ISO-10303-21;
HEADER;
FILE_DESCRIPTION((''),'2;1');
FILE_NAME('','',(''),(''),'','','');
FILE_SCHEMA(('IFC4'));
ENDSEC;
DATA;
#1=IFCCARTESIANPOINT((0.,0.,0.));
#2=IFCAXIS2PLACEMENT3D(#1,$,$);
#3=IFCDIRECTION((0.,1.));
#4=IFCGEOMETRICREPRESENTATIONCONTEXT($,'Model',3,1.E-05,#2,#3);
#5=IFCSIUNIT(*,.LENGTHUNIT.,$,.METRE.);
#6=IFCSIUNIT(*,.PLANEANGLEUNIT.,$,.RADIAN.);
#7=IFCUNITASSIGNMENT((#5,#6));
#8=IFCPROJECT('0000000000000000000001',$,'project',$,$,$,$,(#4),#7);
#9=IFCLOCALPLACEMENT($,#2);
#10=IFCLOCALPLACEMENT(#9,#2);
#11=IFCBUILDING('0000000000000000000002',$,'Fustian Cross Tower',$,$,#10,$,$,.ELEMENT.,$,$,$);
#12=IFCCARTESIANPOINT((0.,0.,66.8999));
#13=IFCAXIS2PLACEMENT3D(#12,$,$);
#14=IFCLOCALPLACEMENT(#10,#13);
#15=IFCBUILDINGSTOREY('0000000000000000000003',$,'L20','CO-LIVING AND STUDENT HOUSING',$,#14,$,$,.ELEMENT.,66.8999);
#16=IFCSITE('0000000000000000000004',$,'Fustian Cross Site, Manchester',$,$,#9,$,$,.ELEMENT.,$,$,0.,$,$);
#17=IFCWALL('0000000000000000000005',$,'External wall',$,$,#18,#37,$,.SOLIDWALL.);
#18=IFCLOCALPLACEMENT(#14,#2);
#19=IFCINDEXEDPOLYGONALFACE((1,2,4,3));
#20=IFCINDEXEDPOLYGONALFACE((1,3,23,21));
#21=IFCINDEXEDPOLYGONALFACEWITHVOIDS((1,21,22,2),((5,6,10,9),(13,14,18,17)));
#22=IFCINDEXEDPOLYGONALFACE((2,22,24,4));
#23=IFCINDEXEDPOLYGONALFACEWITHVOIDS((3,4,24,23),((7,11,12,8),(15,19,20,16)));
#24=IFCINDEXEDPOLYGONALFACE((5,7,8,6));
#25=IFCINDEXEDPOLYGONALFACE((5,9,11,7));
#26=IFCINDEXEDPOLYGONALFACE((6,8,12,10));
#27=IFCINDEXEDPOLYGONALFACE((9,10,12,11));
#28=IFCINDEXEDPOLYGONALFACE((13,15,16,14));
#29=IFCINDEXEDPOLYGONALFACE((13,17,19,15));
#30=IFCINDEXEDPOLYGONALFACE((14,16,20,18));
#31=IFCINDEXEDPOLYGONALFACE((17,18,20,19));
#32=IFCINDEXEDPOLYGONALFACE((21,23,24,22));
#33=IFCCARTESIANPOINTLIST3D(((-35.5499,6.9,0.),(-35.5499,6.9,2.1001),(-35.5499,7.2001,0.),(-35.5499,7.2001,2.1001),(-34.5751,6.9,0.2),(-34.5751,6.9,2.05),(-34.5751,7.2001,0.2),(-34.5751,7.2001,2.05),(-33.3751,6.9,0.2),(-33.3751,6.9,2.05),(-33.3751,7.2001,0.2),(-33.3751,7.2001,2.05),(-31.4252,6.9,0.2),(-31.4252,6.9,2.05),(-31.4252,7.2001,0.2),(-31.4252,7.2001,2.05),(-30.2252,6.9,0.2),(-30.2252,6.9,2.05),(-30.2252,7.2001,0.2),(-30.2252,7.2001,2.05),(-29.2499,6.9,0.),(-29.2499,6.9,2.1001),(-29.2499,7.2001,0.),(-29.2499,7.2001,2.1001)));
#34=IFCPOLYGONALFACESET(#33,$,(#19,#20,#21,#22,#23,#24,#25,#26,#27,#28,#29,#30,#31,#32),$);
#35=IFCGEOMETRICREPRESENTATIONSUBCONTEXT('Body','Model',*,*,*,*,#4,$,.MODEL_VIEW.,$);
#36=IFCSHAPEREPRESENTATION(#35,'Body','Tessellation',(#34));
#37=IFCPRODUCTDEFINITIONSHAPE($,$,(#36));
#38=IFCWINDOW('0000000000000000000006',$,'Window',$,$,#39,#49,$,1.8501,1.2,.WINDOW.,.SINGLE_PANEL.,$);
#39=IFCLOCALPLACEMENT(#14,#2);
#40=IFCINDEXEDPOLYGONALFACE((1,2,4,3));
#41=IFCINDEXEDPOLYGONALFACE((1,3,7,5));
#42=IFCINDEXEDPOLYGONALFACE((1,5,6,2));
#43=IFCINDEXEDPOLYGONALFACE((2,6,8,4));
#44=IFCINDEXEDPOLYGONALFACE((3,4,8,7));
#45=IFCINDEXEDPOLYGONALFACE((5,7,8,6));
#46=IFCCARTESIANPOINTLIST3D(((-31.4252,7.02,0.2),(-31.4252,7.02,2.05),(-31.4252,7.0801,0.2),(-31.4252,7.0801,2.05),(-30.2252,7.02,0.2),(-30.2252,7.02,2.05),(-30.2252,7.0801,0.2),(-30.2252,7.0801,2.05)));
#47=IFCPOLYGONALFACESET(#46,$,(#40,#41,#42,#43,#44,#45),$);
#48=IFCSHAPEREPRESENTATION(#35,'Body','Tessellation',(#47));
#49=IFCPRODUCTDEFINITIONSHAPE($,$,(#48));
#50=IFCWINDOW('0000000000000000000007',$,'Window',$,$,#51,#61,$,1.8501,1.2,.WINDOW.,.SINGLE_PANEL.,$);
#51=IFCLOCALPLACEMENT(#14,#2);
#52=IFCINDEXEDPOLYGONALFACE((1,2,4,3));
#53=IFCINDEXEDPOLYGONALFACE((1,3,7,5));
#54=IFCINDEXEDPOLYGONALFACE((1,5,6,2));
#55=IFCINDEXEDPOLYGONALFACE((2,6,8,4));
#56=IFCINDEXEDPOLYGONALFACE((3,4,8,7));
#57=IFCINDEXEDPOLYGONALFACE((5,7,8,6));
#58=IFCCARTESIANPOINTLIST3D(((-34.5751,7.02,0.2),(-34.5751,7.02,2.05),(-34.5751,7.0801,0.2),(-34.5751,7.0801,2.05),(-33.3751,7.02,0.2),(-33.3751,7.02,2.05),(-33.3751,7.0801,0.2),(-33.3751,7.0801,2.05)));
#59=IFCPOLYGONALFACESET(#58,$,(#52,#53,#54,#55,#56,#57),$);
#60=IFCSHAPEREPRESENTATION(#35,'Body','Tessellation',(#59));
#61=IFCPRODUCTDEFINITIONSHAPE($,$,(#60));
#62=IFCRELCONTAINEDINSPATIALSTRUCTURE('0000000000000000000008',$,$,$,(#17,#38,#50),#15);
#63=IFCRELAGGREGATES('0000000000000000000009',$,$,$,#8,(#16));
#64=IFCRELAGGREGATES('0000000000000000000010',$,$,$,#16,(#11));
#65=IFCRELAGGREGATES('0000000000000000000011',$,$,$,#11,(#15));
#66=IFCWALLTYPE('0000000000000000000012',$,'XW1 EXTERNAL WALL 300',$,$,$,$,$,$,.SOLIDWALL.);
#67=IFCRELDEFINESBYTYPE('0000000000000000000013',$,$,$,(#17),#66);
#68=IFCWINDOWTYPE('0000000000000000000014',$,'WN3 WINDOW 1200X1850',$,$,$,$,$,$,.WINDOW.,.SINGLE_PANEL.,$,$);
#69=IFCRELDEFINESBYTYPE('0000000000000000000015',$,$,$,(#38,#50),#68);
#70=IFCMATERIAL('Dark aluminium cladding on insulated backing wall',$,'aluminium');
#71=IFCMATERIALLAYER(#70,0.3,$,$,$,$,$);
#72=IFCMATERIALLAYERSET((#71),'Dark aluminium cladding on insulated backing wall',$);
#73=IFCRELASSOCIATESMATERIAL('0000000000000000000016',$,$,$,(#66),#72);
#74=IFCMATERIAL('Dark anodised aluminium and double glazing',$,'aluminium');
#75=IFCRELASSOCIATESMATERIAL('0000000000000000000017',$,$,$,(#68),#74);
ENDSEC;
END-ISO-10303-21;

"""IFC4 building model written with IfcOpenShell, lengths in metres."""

from ifc_helpers import new_model, si_unit, direction, frame, frame_2d, origin, place, context, subcontext, project, spatial, rectangle, extrude, material, layer, layer_set, type_object, element, fill, save


model = new_model("IFC4")

# Units and contexts
model_context = context("Model", 3, precision=1e-05, world=origin(), true_north=direction((0.0, 1.0)))
body_context = subcontext(model_context, "Body", "Model", "MODEL_VIEW")
ifc_project = project(units=[si_unit("LENGTHUNIT", "METRE"), si_unit("PLANEANGLEUNIT", "RADIAN")], contexts=[model_context])

# Site, building, storey
site_placement = place(None, origin())
site = spatial("IfcSite", under=ifc_project, at=site_placement, Name="Fustian Cross Site, Manchester", CompositionType="ELEMENT", RefElevation=0.0)
building_placement = place(site_placement, origin())
building = spatial("IfcBuilding", under=site, at=building_placement, Name="Fustian Cross Tower", CompositionType="ELEMENT")
storey_placement = place(building_placement, frame((0.0, 0.0, 66.8999)))
storey = spatial("IfcBuildingStorey", under=building, at=storey_placement, Name="L20", Description="CO-LIVING AND STUDENT HOUSING", CompositionType="ELEMENT", Elevation=66.8999)

# Wall, openings, windows
ifc_material_1 = material(Name="Dark aluminium cladding on insulated backing wall", Category="aluminium")
ifc_layer_1 = layer(ifc_material_1, 0.3)
ifc_layer_set_1 = layer_set([ifc_layer_1], Name="Dark aluminium cladding on insulated backing wall")
wall_type_1 = type_object("IfcWallType", Name="XW1 EXTERNAL WALL 300", PredefinedType="SOLIDWALL", material=ifc_layer_set_1)
wall_1_placement = place(storey_placement, frame((-29.25, 7.05, 0.0), z_axis=(0.0, 0.0, 1.0), x_axis=(-1.0, 0.0, 0.0)))
wall_1 = element("IfcWall", 1, at=wall_1_placement, inside=storey, type_object=wall_type_1, Name="External wall", PredefinedType="SOLIDWALL", context=body_context, shape_type="SweptSolid", body=[
    extrude(rectangle(XDim=6.3, YDim=0.3, at=frame_2d((3.1499, 0.0))), origin(), (0.0, 0.0, 1.0), 2.1001),
])
opening_1_placement = place(wall_1_placement, frame((0.9751, 0.0, 0.2)))
opening_1 = element("IfcOpeningElement", 2, at=opening_1_placement, cuts=wall_1, PredefinedType="OPENING", context=body_context, shape_type="SweptSolid", body=[
    extrude(rectangle(XDim=1.2, YDim=1.8501, at=frame_2d((0.6001, 0.925))), frame((0.0, 0.1599, 0.0), z_axis=(0.0, -1.0, 0.0), x_axis=(1.0, 0.0, 0.0)), (0.0, 0.0, 1.0), 0.3201),
])
opening_2_placement = place(wall_1_placement, frame((4.125, 0.0, 0.2)))
opening_2 = element("IfcOpeningElement", 3, at=opening_2_placement, cuts=wall_1, PredefinedType="OPENING", context=body_context, shape_type="SweptSolid", body=[
    extrude(rectangle(XDim=1.2, YDim=1.8501, at=frame_2d((0.6001, 0.925))), frame((0.0, 0.1599, 0.0), z_axis=(0.0, -1.0, 0.0), x_axis=(1.0, 0.0, 0.0)), (0.0, 0.0, 1.0), 0.3201),
])
ifc_material_2 = material(Name="Dark anodised aluminium and double glazing", Category="aluminium")
window_type = type_object("IfcWindowType", Name="WN3 WINDOW 1200X1850", PartitioningType="SINGLE_PANEL", PredefinedType="WINDOW", material=ifc_material_2)
window_1_placement = place(opening_1_placement, origin())
window_1 = element("IfcWindow", 4, at=window_1_placement, inside=storey, type_object=window_type, Name="Window", OverallHeight=1.8501, OverallWidth=1.2, PartitioningType="SINGLE_PANEL", PredefinedType="WINDOW", context=body_context, shape_type="SweptSolid", body=[
    extrude(rectangle(XDim=1.2, YDim=1.8501, at=frame_2d((0.6001, 0.925))), frame((0.0, 0.03, 0.0), z_axis=(0.0, -1.0, 0.0), x_axis=(1.0, 0.0, 0.0)), (0.0, 0.0, 1.0), 0.0601),
])
fill(opening_1, window_1)
window_2_placement = place(opening_2_placement, origin())
window_2 = element("IfcWindow", 5, at=window_2_placement, inside=storey, type_object=window_type, Name="Window", OverallHeight=1.8501, OverallWidth=1.2, PartitioningType="SINGLE_PANEL", PredefinedType="WINDOW", context=body_context, shape_type="SweptSolid", body=[
    extrude(rectangle(XDim=1.2, YDim=1.8501, at=frame_2d((0.6001, 0.925))), frame((0.0, 0.03, 0.0), z_axis=(0.0, -1.0, 0.0), x_axis=(1.0, 0.0, 0.0)), (0.0, 0.0, 1.0), 0.0601),
])
fill(opening_2, window_2)

save(model, "model.ifc")
